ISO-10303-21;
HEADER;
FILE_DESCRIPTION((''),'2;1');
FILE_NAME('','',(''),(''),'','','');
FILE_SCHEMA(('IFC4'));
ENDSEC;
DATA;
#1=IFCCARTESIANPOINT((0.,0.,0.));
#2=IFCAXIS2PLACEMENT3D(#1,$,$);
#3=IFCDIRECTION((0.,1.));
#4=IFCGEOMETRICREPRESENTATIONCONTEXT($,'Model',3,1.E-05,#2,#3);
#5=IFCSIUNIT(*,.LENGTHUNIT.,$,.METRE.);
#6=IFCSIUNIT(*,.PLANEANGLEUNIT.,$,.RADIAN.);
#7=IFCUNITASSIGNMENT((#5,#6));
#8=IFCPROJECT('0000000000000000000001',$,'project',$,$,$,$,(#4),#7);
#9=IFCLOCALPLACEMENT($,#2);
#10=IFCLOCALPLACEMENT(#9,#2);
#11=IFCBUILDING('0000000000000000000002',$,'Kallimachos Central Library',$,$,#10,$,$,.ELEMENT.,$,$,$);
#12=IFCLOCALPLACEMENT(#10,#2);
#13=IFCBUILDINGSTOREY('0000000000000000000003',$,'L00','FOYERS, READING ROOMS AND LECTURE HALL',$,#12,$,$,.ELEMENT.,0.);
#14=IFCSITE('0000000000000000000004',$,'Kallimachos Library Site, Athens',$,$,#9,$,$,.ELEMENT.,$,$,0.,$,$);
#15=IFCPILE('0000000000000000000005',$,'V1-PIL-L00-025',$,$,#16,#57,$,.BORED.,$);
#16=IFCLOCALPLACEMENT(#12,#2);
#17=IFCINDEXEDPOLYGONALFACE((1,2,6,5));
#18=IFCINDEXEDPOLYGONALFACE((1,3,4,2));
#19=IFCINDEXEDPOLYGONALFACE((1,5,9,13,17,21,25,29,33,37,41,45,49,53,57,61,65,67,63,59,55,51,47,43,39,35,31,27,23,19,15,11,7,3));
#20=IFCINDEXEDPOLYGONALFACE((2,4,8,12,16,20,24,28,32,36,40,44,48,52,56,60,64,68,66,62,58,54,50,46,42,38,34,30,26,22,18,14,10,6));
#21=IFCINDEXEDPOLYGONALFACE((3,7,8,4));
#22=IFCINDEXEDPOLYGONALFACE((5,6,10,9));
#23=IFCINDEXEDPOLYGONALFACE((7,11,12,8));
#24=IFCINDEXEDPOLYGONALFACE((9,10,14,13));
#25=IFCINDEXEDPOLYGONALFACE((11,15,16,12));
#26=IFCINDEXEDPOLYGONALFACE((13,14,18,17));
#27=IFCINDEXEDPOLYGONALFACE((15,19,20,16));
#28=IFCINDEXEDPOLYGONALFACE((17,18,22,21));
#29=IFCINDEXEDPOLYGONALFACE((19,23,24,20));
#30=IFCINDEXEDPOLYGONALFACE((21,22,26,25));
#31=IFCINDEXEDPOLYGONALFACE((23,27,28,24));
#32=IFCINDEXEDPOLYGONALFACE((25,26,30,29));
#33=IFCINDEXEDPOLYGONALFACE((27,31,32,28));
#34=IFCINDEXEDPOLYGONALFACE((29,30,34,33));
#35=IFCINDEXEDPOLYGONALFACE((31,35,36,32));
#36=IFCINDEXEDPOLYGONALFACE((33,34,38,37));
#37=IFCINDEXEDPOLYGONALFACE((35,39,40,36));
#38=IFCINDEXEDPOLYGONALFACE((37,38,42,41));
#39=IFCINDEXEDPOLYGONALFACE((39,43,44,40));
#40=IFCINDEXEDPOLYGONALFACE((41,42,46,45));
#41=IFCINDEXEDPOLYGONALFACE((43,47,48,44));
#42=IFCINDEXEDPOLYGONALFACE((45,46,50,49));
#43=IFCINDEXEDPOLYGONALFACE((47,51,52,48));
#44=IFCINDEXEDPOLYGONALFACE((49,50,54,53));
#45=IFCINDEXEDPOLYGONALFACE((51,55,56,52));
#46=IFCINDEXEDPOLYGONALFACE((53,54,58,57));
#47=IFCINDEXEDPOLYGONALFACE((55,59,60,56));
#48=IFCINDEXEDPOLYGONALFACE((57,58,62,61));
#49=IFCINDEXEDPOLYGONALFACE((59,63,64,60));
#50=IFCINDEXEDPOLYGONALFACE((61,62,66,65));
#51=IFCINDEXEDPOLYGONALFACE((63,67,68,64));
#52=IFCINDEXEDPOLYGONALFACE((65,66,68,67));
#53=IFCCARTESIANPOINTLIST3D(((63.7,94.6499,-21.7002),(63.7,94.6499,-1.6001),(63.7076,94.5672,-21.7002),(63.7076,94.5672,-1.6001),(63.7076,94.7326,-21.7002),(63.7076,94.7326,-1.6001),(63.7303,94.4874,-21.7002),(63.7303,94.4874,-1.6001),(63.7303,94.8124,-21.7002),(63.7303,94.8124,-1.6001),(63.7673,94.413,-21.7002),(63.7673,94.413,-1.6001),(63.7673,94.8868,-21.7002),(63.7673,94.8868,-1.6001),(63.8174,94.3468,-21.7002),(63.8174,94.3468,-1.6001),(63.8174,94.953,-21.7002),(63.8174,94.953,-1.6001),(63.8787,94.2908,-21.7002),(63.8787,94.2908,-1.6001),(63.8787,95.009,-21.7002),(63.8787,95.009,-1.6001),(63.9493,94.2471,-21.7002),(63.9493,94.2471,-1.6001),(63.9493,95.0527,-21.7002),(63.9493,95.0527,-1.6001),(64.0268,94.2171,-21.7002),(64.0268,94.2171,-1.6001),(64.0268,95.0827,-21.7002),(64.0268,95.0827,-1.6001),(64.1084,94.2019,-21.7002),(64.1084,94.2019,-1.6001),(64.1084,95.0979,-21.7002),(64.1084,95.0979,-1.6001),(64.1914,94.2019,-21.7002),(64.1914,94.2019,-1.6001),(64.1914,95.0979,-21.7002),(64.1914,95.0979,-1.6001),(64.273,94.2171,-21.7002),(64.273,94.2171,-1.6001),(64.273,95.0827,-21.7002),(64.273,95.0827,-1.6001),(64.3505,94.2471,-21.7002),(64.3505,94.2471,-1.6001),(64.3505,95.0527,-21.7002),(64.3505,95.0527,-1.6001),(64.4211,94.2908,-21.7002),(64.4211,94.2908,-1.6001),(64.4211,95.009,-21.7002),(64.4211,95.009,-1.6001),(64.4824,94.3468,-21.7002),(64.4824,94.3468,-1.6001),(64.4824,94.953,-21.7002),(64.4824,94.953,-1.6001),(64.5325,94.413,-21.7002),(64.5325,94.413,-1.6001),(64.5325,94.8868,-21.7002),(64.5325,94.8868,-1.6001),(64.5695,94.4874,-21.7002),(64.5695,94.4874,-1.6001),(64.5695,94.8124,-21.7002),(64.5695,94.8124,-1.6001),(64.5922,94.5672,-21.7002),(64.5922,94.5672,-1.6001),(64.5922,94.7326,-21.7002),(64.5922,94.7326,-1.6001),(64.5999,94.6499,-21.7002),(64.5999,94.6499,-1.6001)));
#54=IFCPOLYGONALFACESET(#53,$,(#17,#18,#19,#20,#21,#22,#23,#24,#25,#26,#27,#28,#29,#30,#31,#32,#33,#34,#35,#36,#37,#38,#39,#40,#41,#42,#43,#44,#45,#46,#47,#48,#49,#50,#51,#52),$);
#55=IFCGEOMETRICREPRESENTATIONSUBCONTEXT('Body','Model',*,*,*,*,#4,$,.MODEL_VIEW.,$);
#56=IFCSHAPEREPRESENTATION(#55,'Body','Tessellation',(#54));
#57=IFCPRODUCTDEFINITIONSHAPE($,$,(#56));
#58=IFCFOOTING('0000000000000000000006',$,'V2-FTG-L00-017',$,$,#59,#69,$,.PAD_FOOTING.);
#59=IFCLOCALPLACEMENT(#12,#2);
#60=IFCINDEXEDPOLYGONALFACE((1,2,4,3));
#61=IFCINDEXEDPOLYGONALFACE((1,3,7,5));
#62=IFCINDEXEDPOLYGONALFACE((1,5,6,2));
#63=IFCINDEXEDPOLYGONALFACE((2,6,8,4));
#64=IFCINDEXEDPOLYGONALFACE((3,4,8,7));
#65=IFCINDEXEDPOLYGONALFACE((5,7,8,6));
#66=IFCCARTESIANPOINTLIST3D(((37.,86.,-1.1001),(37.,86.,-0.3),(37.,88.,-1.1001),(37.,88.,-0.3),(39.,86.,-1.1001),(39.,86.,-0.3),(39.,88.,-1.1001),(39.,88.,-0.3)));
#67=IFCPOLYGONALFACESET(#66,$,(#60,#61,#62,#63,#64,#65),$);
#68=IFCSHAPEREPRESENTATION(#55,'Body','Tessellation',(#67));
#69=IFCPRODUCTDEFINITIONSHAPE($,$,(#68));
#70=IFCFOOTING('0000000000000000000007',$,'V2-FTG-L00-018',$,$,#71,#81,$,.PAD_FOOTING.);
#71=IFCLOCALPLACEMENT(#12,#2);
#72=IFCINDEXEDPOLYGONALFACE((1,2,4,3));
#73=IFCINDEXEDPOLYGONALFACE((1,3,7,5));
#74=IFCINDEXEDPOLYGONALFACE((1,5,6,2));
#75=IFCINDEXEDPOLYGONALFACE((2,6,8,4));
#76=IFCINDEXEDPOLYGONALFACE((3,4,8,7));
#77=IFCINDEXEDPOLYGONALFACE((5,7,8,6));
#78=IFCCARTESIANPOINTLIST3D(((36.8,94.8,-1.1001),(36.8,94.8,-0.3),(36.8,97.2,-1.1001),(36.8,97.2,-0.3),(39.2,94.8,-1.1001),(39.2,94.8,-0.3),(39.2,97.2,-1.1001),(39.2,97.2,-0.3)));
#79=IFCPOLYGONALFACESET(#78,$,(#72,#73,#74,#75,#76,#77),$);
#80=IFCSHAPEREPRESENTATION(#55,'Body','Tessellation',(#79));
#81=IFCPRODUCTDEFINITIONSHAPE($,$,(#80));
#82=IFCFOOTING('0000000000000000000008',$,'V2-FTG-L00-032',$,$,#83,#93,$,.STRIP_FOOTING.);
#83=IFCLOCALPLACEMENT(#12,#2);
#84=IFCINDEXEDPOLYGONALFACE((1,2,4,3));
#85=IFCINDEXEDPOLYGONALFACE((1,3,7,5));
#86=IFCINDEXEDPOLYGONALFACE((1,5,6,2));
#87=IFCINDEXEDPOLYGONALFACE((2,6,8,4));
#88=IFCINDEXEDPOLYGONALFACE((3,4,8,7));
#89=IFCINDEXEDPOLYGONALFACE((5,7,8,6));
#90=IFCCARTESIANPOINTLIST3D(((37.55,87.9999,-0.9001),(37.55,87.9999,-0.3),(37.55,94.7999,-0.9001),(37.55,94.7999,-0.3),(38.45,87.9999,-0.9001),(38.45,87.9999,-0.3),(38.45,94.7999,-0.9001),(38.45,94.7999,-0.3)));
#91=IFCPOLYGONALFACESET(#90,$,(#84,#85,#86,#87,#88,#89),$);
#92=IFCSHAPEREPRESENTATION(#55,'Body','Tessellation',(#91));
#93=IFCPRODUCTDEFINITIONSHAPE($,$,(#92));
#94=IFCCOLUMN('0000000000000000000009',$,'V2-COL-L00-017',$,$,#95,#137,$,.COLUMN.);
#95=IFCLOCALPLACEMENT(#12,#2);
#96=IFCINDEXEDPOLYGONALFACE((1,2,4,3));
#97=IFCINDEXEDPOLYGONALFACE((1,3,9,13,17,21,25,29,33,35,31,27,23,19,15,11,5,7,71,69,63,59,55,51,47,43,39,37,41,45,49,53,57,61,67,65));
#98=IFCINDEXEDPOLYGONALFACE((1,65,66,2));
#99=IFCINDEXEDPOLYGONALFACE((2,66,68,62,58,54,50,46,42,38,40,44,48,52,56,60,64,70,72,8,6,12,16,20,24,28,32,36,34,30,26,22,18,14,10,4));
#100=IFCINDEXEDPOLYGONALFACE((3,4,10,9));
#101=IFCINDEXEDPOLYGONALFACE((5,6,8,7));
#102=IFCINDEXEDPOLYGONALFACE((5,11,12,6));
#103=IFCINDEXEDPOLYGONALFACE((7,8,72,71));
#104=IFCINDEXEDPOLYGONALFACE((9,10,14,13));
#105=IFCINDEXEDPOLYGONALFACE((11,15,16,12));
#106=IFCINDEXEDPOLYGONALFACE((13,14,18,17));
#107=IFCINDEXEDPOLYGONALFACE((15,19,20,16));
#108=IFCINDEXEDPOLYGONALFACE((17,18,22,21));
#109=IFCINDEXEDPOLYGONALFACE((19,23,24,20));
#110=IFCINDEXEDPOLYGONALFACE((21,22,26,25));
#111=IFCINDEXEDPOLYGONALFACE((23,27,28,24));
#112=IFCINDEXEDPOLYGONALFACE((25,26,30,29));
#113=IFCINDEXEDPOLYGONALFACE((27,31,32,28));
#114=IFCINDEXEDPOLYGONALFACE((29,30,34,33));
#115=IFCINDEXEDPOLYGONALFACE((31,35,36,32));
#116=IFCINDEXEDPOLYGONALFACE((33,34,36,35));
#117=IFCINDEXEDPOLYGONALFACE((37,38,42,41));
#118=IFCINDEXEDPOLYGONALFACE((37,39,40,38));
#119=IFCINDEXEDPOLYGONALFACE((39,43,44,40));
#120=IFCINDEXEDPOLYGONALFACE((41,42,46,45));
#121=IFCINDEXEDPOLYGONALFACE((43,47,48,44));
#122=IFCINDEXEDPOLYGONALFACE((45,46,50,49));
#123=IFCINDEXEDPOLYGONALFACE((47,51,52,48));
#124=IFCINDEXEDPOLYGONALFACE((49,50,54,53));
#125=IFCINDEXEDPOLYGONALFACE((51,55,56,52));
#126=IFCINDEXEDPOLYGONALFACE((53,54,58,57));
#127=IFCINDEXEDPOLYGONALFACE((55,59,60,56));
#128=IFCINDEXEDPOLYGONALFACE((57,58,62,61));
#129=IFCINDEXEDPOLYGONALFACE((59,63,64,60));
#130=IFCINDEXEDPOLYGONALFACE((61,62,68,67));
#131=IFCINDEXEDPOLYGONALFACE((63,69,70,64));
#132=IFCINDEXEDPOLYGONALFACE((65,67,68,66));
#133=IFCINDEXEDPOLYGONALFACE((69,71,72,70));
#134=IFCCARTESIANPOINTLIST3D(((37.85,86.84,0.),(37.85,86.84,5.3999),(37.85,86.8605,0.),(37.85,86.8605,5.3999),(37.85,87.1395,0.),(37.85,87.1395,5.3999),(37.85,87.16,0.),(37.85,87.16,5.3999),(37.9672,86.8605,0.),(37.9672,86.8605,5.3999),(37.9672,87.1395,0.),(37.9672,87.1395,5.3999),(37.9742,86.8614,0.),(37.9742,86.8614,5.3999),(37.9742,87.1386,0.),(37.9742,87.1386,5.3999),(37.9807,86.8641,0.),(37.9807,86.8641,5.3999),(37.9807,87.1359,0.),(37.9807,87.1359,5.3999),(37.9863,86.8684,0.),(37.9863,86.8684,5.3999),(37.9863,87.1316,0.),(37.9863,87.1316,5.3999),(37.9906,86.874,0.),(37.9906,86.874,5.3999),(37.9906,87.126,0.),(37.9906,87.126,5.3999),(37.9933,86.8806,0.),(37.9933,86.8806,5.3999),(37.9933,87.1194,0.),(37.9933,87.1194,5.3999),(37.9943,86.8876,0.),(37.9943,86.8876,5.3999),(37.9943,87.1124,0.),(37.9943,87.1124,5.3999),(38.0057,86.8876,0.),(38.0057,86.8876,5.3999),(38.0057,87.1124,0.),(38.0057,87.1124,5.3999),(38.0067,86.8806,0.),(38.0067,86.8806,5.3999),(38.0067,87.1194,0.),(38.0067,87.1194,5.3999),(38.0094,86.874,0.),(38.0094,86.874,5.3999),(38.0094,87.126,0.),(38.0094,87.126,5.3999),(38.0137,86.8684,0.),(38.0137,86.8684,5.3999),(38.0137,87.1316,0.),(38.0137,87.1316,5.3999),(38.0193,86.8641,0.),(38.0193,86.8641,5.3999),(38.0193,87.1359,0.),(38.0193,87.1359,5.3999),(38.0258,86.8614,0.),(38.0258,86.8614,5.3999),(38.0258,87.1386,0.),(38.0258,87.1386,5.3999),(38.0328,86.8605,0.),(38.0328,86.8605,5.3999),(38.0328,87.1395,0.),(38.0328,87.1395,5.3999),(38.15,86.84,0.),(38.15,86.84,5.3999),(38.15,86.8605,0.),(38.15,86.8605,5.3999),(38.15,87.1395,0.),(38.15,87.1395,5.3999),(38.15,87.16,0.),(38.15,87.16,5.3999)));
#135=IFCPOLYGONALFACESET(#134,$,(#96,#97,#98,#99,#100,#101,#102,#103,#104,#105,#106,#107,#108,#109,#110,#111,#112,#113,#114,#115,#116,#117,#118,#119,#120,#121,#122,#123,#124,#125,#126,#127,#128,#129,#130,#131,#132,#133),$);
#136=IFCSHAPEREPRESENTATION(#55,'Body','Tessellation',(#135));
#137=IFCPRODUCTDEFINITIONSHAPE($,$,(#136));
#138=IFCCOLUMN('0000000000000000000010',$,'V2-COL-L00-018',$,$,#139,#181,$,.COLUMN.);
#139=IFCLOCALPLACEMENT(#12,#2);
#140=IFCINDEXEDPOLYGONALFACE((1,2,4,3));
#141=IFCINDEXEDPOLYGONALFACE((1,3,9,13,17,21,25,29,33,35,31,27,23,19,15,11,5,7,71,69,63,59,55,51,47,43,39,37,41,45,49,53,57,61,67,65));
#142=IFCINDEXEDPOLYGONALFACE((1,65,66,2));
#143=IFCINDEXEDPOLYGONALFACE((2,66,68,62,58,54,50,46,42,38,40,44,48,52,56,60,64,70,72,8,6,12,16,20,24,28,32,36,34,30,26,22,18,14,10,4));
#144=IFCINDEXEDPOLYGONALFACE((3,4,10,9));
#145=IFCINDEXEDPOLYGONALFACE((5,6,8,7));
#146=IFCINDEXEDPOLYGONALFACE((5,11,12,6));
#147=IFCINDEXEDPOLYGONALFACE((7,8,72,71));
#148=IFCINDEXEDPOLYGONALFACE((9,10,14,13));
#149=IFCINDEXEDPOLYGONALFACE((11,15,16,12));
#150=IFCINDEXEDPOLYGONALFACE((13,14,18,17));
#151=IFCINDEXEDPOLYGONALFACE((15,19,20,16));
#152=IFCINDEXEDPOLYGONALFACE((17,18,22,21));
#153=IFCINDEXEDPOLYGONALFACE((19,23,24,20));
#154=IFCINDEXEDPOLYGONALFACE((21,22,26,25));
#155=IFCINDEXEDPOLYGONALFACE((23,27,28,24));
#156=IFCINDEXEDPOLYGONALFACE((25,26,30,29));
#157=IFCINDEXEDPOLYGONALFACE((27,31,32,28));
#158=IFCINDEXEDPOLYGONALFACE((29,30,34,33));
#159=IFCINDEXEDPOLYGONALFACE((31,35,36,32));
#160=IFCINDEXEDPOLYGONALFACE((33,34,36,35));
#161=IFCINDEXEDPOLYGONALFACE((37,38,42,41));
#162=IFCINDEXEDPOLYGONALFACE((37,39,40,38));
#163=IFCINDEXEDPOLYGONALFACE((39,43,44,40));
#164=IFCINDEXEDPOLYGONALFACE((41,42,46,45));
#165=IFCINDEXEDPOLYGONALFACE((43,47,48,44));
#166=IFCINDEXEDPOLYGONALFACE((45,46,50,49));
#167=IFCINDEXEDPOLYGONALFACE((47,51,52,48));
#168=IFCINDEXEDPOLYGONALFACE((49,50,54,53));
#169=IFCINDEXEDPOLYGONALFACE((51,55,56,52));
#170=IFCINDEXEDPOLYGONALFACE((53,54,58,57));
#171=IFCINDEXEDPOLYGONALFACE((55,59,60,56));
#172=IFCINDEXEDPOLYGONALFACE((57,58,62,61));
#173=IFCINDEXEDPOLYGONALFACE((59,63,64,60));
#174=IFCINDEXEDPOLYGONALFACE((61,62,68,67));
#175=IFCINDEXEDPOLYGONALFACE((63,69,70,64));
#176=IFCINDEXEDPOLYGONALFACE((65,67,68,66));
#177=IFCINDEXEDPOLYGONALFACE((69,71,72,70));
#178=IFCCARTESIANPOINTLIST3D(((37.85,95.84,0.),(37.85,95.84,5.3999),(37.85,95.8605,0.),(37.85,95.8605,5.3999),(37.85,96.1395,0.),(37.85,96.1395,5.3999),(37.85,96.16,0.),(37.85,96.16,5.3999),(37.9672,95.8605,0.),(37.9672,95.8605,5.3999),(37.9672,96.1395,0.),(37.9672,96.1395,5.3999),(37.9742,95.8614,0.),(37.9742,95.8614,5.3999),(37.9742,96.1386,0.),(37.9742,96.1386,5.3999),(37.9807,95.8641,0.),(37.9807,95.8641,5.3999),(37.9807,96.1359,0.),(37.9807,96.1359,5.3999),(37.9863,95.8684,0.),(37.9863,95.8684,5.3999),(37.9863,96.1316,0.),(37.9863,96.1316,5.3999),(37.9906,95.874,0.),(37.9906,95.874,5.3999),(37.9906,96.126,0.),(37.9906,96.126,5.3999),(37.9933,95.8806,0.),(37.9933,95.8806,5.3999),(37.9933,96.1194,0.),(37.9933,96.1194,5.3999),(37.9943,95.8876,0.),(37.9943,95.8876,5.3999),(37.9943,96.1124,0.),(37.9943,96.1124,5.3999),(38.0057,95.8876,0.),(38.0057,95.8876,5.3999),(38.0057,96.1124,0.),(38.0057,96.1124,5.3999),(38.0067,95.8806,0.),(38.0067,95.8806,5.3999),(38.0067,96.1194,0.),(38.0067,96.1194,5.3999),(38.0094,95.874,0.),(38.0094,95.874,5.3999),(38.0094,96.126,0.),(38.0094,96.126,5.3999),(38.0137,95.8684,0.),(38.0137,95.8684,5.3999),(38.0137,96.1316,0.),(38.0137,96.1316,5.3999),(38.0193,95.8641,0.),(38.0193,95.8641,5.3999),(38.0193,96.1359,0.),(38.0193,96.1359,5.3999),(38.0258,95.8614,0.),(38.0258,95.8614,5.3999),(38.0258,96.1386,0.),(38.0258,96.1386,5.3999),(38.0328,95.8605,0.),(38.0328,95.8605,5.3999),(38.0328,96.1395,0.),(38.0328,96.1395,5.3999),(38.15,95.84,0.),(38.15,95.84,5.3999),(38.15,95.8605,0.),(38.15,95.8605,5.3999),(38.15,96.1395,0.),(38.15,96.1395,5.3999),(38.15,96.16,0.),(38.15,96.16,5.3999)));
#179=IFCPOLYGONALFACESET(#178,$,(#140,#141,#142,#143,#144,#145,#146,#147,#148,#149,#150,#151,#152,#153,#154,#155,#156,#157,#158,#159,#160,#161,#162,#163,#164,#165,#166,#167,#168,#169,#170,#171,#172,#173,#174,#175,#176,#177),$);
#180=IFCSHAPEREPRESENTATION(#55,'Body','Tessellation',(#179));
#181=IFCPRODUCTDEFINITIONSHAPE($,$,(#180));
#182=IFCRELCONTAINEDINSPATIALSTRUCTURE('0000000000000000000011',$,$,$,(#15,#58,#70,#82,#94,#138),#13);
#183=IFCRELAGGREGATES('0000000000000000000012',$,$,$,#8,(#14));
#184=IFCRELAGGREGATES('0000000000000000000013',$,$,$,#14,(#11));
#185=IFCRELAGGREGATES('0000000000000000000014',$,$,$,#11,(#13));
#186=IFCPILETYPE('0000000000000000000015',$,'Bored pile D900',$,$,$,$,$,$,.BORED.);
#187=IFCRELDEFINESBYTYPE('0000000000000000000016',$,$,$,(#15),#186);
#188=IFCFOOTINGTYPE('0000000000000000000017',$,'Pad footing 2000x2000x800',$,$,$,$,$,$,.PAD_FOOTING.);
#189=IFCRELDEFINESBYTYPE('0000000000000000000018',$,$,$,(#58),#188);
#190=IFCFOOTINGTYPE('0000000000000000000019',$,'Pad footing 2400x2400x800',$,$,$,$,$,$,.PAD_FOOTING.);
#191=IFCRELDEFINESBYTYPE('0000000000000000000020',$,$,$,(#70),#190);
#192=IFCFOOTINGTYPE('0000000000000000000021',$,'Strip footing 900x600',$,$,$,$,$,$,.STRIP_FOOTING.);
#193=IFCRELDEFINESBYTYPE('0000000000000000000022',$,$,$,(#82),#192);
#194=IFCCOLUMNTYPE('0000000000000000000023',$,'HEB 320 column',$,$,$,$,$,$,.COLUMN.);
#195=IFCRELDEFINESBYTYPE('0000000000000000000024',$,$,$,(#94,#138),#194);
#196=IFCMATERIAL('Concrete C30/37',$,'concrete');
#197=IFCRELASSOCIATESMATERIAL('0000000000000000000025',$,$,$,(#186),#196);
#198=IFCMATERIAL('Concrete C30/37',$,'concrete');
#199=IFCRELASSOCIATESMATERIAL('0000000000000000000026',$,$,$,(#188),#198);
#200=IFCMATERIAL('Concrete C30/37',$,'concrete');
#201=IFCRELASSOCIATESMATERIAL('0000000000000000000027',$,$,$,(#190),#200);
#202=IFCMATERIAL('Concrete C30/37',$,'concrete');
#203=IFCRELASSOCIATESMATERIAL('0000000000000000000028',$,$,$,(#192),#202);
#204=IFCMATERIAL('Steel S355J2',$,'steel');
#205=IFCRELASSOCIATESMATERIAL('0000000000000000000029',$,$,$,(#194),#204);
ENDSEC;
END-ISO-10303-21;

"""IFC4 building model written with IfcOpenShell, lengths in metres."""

from ifc_helpers import new_model, si_unit, direction, frame, origin, origin_2d, place, context, subcontext, project, spatial, rectangle, circle, i_section, extrude, material, material_profile, profile_set, type_object, element, save


model = new_model("IFC4")

# Units and contexts
model_context = context("Model", 3, precision=1e-05, world=origin(), true_north=direction((0.0, 1.0)))
body_context = subcontext(model_context, "Body", "Model", "MODEL_VIEW")
ifc_project = project(units=[si_unit("LENGTHUNIT", "METRE"), si_unit("PLANEANGLEUNIT", "RADIAN")], contexts=[model_context])

# Site, building, storey
site_placement = place(None, origin())
site = spatial("IfcSite", under=ifc_project, at=site_placement, Name="Kallimachos Library Site, Athens", CompositionType="ELEMENT", RefElevation=0.0)
building_placement = place(site_placement, origin())
building = spatial("IfcBuilding", under=site, at=building_placement, Name="Kallimachos Central Library", CompositionType="ELEMENT")
storey_placement = place(building_placement, origin())
storey = spatial("IfcBuildingStorey", under=building, at=storey_placement, Name="L00", Description="FOYERS, READING ROOMS AND LECTURE HALL", CompositionType="ELEMENT", Elevation=0.0)

# Pile
ifc_material_1 = material(Name="Concrete C30/37", Category="concrete")
pile_type = type_object("IfcPileType", Name="Bored pile D900", PredefinedType="BORED", material=ifc_material_1)
for number, where, z_axis, x_axis, name in (
    (1, (64.1499, 94.6499, -1.6001), (0.0, 0.0, -1.0), (1.0, 0.0, 0.0), "V1-PIL-L00-025"),
):
    element("IfcPile", number, at=place(storey_placement, frame(where, z_axis=z_axis, x_axis=x_axis)), inside=storey, type_object=pile_type, Name=name, PredefinedType="BORED", context=body_context, shape_type="SweptSolid", body=[
        extrude(circle(Radius=0.45, at=origin_2d()), origin(), (0.0, 0.0, 1.0), 20.1001),
    ])

# Footings
ifc_material_2 = material(Name="Concrete C30/37", Category="concrete")
footing_type_1 = type_object("IfcFootingType", Name="Pad footing 2000x2000x800", PredefinedType="PAD_FOOTING", material=ifc_material_2)
footing_1_placement = place(storey_placement, frame((38.0, 87.0, -1.1001), z_axis=(0.0, 0.0, 1.0), x_axis=(1.0, 0.0, 0.0)))
element("IfcFooting", 2, at=footing_1_placement, inside=storey, type_object=footing_type_1, Name="V2-FTG-L00-017", PredefinedType="PAD_FOOTING", context=body_context, shape_type="SweptSolid", body=[
    extrude(rectangle(XDim=2.0, YDim=2.0, at=origin_2d()), origin(), (0.0, 0.0, 1.0), 0.8),
])
ifc_material_3 = material(Name="Concrete C30/37", Category="concrete")
footing_type_2 = type_object("IfcFootingType", Name="Pad footing 2400x2400x800", PredefinedType="PAD_FOOTING", material=ifc_material_3)
footing_2_placement = place(storey_placement, frame((38.0, 96.0, -1.1001), z_axis=(0.0, 0.0, 1.0), x_axis=(1.0, 0.0, 0.0)))
element("IfcFooting", 3, at=footing_2_placement, inside=storey, type_object=footing_type_2, Name="V2-FTG-L00-018", PredefinedType="PAD_FOOTING", context=body_context, shape_type="SweptSolid", body=[
    extrude(rectangle(XDim=2.3999, YDim=2.3999, at=origin_2d()), origin(), (0.0, 0.0, 1.0), 0.8),
])
ifc_material_4 = material(Name="Concrete C30/37", Category="concrete")
footing_type_3 = type_object("IfcFootingType", Name="Strip footing 900x600", PredefinedType="STRIP_FOOTING", material=ifc_material_4)
footing_3_placement = place(storey_placement, frame((38.0, 91.3999, -0.9001), z_axis=(0.0, 0.0, 1.0), x_axis=(1.0, 0.0, 0.0)))
element("IfcFooting", 4, at=footing_3_placement, inside=storey, type_object=footing_type_3, Name="V2-FTG-L00-032", PredefinedType="STRIP_FOOTING", context=body_context, shape_type="SweptSolid", body=[
    extrude(rectangle(XDim=0.8999, YDim=6.8, at=origin_2d()), origin(), (0.0, 0.0, 1.0), 0.6001),
])

# Columns
ifc_material_5 = material(Name="Steel S355J2", Category="steel")
ifc_material_profile_1 = material_profile(ifc_material_5, i_section(OverallWidth=0.3, OverallDepth=0.3201, WebThickness=0.0115, FlangeThickness=0.0205, FilletRadius=0.0271, at=origin_2d()), Name="HEB 320")
ifc_profile_set_1 = profile_set([ifc_material_profile_1], Name="Steel S355J2")
column_type = type_object("IfcColumnType", Name="HEB 320 column", PredefinedType="COLUMN", material=ifc_profile_set_1)
for number, where, z_axis, x_axis, name in (
    (5, (38.0, 87.0, 0.0), (0.0, 0.0, 1.0), (1.0, 0.0, 0.0), "V2-COL-L00-017"),
    (6, (38.0, 96.0, 0.0), (0.0, 0.0, 1.0), (1.0, 0.0, 0.0), "V2-COL-L00-018"),
):
    element("IfcColumn", number, at=place(storey_placement, frame(where, z_axis=z_axis, x_axis=x_axis)), inside=storey, type_object=column_type, Name=name, PredefinedType="COLUMN", context=body_context, shape_type="SweptSolid", body=[
        extrude(i_section(OverallWidth=0.3, OverallDepth=0.3201, WebThickness=0.0115, FlangeThickness=0.0205, FilletRadius=0.0271, at=origin_2d()), origin(), (0.0, 0.0, 1.0), 5.3999),
    ])

save(model, "model.ifc")
